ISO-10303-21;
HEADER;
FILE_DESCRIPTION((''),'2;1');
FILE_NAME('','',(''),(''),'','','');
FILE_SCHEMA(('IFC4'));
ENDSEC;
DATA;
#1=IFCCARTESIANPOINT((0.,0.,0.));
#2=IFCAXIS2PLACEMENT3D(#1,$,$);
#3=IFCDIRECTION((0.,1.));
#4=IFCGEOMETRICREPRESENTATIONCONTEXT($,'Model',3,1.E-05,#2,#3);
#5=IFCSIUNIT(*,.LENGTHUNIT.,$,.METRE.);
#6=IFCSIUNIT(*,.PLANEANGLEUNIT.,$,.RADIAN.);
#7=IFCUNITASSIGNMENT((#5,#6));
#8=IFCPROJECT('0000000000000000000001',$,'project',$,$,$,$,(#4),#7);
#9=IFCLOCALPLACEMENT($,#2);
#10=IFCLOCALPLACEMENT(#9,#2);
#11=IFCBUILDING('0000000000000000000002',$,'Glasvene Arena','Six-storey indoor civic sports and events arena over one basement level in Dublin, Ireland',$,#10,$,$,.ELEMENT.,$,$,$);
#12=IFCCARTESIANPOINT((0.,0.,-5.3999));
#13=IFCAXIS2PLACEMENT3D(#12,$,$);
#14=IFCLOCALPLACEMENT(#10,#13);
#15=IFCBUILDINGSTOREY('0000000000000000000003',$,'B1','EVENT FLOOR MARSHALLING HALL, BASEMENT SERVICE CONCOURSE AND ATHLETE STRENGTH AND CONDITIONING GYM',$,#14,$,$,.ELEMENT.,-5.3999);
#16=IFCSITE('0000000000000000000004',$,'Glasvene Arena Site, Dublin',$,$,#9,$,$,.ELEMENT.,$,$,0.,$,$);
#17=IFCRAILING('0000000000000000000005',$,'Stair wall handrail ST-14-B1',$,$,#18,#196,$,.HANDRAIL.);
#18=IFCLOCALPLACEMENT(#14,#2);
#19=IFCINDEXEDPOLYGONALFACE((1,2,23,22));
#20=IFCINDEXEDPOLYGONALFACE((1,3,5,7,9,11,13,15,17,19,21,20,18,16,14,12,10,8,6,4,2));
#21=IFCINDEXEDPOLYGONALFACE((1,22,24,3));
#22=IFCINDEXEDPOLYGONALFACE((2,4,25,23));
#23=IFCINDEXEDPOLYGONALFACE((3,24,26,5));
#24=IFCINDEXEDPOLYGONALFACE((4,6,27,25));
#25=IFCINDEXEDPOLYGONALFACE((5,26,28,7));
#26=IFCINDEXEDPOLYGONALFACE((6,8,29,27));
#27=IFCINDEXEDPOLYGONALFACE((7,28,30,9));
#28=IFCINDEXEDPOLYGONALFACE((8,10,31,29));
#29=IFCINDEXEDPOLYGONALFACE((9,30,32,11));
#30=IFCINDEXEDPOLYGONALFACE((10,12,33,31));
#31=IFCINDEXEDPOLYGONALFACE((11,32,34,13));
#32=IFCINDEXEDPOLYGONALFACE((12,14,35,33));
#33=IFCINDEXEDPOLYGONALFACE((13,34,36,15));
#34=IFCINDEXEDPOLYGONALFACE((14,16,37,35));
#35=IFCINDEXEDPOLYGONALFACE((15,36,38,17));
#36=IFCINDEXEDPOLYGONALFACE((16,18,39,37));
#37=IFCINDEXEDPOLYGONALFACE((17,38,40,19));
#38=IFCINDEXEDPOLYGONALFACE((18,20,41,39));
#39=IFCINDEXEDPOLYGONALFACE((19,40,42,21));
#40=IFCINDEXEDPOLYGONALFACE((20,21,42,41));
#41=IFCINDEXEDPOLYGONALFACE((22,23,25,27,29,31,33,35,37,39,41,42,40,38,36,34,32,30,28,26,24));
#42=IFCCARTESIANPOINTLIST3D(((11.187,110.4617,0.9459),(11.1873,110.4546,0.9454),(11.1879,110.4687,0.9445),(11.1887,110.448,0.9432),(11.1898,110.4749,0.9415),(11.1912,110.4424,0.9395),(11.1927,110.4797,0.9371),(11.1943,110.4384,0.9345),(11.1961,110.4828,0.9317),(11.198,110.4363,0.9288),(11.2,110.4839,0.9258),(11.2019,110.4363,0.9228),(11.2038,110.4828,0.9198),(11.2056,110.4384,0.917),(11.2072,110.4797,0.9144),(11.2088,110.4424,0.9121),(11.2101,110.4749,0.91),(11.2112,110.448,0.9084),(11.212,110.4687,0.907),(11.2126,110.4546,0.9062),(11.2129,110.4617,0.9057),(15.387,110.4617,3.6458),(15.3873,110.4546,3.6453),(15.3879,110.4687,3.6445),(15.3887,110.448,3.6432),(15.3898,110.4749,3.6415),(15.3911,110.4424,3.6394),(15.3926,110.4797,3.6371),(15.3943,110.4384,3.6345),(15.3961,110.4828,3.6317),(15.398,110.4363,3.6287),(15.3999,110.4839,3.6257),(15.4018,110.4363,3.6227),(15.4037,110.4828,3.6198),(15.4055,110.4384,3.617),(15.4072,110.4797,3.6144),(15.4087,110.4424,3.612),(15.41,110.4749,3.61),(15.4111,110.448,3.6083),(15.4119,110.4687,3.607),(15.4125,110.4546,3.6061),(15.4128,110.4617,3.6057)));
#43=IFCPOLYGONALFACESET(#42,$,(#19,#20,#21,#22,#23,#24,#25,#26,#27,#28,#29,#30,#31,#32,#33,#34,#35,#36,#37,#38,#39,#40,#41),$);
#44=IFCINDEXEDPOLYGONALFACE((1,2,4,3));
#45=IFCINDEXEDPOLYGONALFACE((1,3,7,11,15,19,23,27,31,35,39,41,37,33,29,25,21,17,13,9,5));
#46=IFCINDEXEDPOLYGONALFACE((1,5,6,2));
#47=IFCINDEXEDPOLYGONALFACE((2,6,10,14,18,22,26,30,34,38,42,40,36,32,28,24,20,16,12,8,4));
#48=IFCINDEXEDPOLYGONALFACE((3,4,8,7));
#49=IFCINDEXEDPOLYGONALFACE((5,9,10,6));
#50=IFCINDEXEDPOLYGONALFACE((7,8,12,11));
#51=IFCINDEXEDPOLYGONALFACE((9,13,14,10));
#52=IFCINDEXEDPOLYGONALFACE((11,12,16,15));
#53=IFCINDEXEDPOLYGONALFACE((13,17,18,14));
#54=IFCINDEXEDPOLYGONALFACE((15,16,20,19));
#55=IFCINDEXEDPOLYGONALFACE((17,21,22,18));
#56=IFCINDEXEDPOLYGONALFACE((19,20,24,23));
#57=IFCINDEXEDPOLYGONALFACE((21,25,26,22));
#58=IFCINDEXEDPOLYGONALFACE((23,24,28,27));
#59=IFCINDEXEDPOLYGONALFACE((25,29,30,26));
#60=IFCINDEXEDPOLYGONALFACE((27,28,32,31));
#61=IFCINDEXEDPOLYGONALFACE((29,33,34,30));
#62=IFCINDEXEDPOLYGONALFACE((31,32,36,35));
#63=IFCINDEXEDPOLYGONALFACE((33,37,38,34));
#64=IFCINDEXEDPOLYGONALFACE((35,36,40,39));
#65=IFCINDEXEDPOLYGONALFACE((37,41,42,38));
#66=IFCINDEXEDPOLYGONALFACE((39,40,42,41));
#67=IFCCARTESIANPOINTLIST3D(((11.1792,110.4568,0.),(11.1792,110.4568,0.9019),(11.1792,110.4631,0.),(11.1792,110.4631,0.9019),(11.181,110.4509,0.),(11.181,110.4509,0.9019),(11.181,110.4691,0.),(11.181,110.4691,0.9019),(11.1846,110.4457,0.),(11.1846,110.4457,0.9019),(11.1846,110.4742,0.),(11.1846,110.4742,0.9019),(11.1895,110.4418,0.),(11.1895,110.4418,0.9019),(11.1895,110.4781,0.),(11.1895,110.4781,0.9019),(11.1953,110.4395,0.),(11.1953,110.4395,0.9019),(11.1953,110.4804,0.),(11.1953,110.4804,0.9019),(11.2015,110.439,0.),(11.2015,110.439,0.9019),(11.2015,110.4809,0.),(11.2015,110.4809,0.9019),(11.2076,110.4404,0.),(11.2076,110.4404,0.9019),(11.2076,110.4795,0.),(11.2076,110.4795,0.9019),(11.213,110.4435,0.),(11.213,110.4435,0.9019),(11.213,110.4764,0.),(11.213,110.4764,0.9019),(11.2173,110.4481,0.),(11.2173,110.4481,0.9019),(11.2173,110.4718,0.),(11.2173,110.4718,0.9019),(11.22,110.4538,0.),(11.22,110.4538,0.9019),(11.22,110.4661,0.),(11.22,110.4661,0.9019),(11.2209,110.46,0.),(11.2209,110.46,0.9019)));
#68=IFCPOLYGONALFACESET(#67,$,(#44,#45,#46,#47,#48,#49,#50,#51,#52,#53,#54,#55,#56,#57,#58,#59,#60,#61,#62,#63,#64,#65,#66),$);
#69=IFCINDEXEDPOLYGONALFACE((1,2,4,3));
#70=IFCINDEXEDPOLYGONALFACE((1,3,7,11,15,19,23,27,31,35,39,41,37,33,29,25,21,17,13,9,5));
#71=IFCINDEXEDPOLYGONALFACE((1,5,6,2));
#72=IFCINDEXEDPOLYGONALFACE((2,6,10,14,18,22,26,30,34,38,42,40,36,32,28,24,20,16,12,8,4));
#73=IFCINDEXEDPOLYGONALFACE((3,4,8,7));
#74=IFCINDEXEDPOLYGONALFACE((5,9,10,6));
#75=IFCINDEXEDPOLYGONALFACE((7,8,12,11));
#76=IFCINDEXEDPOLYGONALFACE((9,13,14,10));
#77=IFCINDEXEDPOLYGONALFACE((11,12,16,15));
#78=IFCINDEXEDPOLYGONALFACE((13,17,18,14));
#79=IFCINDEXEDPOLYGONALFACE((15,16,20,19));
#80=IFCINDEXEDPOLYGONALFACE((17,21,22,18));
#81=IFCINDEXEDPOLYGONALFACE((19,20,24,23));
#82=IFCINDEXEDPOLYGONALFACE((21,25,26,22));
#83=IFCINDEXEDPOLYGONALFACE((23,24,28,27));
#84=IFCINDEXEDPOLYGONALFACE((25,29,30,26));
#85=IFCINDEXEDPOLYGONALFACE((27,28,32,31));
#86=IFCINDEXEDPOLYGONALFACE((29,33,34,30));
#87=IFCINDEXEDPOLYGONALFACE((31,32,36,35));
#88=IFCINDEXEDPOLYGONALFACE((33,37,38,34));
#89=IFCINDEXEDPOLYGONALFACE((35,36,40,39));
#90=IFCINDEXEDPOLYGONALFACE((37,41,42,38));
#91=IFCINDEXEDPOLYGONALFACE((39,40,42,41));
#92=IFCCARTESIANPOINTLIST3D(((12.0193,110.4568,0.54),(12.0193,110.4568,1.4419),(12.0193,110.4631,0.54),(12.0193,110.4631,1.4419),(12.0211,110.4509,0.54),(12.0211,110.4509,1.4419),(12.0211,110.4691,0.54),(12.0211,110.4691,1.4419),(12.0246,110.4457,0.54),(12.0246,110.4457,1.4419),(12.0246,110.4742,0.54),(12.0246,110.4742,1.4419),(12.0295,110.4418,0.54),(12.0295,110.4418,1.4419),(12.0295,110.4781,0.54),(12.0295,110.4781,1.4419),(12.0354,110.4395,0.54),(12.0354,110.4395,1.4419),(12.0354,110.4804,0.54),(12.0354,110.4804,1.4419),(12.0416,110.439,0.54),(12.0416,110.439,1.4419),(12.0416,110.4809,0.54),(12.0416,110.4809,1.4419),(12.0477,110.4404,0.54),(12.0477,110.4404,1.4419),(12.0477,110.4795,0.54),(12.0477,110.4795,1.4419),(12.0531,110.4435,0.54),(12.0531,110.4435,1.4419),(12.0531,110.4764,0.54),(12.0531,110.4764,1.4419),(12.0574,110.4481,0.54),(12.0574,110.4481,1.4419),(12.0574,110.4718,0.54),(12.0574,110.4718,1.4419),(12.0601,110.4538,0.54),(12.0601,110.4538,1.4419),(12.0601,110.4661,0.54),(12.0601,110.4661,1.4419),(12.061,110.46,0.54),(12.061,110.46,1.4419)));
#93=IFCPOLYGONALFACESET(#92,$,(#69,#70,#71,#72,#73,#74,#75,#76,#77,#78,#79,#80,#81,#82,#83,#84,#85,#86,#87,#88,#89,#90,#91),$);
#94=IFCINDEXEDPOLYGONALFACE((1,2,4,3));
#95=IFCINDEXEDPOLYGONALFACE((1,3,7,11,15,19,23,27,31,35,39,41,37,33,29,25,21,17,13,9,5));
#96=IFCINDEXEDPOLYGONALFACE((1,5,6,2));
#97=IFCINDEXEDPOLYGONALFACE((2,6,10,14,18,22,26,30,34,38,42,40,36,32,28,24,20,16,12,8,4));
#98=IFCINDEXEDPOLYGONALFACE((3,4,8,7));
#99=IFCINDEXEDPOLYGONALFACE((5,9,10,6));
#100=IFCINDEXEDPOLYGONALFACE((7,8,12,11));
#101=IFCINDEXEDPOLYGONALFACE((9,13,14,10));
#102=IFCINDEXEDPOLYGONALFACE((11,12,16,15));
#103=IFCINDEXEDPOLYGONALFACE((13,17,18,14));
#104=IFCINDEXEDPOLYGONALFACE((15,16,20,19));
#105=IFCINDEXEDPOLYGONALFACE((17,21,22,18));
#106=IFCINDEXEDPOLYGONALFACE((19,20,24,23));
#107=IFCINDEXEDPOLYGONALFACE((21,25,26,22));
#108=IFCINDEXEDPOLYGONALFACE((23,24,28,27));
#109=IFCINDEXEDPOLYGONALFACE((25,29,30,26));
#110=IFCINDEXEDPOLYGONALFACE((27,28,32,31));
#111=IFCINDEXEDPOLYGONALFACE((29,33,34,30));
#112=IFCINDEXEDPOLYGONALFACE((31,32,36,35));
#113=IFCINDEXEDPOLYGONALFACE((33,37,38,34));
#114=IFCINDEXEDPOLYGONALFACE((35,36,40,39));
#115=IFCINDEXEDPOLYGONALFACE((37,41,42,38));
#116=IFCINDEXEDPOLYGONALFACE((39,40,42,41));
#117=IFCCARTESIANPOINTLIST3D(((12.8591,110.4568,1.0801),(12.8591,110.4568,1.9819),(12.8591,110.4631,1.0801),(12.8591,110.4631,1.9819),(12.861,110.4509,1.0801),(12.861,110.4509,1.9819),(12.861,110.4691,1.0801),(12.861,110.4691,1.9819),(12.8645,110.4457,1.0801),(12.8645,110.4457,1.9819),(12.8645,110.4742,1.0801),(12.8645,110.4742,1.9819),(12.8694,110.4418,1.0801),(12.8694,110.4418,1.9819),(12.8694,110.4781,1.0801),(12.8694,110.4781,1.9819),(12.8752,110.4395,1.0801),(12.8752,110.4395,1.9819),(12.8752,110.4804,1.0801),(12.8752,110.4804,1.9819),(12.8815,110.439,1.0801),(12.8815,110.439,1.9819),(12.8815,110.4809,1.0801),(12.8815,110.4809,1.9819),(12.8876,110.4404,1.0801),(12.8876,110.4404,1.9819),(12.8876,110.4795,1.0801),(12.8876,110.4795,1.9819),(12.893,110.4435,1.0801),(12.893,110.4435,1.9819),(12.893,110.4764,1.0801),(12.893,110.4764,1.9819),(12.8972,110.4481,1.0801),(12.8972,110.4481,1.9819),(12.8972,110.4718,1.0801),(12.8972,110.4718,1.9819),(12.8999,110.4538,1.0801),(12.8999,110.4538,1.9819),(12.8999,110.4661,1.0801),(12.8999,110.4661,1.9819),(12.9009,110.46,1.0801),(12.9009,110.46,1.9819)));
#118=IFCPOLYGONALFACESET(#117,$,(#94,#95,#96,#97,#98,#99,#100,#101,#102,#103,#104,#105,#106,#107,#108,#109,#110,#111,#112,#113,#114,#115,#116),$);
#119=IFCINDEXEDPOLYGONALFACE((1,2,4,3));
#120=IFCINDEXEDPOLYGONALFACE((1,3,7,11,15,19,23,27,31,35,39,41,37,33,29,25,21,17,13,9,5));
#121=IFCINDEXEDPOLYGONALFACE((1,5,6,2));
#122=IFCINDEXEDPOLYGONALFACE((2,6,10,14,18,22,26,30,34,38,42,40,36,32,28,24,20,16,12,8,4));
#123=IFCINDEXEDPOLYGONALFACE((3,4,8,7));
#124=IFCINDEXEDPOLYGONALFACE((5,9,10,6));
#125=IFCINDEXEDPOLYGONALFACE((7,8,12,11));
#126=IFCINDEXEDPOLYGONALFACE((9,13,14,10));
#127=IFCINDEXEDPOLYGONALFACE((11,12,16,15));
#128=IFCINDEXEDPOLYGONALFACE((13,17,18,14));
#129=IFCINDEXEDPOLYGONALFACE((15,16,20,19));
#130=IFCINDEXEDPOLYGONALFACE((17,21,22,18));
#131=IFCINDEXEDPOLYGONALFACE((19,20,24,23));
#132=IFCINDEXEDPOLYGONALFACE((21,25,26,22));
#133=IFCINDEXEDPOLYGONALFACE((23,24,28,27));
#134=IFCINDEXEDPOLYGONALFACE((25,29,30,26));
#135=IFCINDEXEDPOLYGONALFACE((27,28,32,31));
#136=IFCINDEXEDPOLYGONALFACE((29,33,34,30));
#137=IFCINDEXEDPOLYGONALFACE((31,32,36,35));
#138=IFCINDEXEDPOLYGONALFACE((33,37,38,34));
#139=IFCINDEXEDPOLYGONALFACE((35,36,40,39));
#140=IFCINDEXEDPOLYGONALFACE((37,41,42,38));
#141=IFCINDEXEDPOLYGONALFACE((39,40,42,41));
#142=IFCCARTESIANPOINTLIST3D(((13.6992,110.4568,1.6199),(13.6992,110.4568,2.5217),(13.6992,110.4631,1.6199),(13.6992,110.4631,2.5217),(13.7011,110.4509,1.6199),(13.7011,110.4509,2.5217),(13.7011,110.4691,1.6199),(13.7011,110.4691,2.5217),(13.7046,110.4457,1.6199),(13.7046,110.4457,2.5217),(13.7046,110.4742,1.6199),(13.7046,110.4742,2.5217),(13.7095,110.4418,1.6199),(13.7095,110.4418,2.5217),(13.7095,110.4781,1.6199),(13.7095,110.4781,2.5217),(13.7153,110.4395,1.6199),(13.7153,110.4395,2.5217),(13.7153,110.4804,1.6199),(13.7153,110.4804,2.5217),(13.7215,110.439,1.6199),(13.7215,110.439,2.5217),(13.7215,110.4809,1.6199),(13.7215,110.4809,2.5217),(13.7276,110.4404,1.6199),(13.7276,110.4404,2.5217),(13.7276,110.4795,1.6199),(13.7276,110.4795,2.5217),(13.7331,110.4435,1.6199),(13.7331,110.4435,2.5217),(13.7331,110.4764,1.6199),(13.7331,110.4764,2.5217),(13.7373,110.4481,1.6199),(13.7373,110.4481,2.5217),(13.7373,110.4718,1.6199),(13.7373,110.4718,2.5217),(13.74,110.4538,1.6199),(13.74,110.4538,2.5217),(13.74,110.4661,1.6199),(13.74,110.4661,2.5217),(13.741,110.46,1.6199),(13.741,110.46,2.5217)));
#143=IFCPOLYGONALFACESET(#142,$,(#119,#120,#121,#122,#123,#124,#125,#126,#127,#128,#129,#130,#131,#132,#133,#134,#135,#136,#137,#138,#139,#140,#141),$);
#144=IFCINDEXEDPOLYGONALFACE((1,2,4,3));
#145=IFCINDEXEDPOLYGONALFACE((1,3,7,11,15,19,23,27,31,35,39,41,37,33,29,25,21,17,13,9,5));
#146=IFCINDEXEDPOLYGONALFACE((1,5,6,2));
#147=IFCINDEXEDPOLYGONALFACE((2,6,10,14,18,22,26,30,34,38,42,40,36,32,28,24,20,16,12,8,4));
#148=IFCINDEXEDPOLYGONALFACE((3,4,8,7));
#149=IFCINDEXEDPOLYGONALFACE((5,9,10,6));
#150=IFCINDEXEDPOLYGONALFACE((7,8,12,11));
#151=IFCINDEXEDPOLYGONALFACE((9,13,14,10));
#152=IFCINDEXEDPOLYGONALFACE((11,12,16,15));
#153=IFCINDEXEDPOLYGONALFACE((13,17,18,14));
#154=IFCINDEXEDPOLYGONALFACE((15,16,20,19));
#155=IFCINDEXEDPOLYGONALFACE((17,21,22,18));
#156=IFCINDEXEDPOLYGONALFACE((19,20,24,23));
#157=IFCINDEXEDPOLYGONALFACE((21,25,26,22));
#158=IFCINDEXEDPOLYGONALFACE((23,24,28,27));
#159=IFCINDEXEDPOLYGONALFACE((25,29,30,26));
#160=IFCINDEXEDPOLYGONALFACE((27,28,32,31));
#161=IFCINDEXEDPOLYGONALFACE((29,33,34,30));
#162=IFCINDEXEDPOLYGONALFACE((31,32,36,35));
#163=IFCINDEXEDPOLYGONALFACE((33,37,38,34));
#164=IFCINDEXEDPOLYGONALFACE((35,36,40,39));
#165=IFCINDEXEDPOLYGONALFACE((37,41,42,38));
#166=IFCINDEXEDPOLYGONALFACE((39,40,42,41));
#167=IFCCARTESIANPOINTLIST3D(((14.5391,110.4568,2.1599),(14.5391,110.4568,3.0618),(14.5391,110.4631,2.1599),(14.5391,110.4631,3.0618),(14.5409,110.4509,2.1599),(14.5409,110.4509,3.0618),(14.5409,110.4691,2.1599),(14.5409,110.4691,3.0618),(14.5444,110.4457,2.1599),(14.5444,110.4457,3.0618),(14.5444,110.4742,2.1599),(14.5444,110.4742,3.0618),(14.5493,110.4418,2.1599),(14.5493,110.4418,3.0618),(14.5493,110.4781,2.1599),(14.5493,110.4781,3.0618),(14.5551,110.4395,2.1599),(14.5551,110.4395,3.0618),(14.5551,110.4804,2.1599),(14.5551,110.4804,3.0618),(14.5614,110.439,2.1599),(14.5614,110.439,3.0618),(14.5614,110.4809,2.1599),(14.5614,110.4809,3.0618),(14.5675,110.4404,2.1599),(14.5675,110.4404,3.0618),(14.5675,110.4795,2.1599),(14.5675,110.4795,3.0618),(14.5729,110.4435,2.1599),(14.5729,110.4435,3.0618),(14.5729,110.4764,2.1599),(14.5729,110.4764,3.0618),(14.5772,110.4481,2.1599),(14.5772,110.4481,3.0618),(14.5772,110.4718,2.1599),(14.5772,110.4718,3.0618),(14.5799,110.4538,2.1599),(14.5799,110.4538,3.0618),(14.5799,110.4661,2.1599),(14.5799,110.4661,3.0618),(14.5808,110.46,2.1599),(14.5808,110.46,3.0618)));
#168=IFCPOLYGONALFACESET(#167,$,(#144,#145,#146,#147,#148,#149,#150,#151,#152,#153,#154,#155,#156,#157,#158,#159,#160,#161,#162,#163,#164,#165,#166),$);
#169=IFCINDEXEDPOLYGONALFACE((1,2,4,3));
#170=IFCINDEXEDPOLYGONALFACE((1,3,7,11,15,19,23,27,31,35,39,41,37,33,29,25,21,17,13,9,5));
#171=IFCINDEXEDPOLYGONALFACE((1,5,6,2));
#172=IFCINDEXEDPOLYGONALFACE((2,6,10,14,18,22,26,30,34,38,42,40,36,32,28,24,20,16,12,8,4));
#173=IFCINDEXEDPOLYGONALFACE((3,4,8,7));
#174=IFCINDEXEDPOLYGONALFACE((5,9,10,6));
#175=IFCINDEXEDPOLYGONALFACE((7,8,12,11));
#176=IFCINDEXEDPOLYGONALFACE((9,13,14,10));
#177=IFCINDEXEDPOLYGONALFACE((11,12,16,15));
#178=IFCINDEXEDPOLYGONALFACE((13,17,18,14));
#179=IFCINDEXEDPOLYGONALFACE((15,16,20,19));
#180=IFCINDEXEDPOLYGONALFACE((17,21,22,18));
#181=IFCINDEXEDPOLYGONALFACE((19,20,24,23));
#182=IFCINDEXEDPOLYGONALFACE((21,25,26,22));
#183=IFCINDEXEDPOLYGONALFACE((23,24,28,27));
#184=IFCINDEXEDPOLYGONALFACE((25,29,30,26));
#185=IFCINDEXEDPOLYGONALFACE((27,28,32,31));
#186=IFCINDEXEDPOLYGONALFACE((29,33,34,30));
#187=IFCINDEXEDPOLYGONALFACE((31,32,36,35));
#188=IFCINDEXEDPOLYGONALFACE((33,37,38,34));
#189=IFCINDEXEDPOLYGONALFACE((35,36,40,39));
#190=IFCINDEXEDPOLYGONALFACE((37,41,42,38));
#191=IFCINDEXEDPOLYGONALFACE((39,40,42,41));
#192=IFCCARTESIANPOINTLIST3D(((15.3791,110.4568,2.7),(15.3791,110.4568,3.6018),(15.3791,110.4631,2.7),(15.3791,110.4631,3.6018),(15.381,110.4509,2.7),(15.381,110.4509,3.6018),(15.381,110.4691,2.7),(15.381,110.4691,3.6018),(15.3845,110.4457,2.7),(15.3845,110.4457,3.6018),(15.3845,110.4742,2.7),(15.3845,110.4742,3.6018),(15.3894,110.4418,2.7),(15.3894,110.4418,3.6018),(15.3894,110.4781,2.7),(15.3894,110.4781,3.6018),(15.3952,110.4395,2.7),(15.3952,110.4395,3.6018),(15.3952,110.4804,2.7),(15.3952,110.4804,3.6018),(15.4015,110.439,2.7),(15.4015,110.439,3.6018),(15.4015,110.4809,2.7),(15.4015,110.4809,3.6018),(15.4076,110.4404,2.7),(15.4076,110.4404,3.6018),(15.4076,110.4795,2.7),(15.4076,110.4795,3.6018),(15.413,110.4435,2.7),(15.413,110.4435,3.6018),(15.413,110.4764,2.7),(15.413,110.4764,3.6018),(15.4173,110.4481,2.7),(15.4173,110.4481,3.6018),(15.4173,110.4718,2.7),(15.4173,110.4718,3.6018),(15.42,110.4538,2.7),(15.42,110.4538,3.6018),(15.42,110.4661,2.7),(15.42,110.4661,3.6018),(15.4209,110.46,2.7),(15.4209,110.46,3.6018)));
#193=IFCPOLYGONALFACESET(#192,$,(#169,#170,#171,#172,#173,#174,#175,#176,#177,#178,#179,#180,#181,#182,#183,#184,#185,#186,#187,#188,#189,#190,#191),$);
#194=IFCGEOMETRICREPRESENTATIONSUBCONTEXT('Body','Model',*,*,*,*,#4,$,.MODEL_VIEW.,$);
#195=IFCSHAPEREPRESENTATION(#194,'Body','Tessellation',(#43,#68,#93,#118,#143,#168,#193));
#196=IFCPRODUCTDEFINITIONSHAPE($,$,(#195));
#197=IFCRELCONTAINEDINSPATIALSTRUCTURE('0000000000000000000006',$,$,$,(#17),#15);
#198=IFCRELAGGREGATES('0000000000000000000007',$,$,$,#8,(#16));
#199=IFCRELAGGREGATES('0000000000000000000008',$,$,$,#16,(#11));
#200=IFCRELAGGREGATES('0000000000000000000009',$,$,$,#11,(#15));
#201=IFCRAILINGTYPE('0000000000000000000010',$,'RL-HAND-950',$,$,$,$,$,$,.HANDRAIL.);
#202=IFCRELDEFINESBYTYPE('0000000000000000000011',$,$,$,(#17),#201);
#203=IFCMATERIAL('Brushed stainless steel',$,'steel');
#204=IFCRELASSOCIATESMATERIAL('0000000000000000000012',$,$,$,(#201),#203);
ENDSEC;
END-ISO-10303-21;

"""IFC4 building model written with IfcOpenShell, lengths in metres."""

from ifc_helpers import new_model, si_unit, direction, frame, origin, origin_2d, place, context, subcontext, project, spatial, circle, extrude, material, type_object, element, save


model = new_model("IFC4")

# Units and contexts
model_context = context("Model", 3, precision=1e-05, world=origin(), true_north=direction((0.0, 1.0)))
body_context = subcontext(model_context, "Body", "Model", "MODEL_VIEW")
ifc_project = project(units=[si_unit("LENGTHUNIT", "METRE"), si_unit("PLANEANGLEUNIT", "RADIAN")], contexts=[model_context])

# Site, building, storey
site_placement = place(None, origin())
site = spatial("IfcSite", under=ifc_project, at=site_placement, Name="Glasvene Arena Site, Dublin", CompositionType="ELEMENT", RefElevation=0.0)
building_placement = place(site_placement, origin())
building = spatial("IfcBuilding", under=site, at=building_placement, Name="Glasvene Arena", Description="Six-storey indoor civic sports and events arena over one basement level in Dublin, Ireland", CompositionType="ELEMENT")
storey_placement = place(building_placement, frame((0.0, 0.0, -5.3999)))
storey = spatial("IfcBuildingStorey", under=building, at=storey_placement, Name="B1", Description="EVENT FLOOR MARSHALLING HALL, BASEMENT SERVICE CONCOURSE AND ATHLETE STRENGTH AND CONDITIONING GYM", CompositionType="ELEMENT", Elevation=-5.3999)

# Railing
ifc_material_1 = material(Name="Brushed stainless steel", Category="steel")
railing_type_1 = type_object("IfcRailingType", Name="RL-HAND-950", PredefinedType="HANDRAIL", material=ifc_material_1)
railing_1_placement = place(storey_placement, frame((11.2, 110.46, 0.0)))
element("IfcRailing", 1, at=railing_1_placement, inside=storey, type_object=railing_type_1, Name="Stair wall handrail ST-14-B1", PredefinedType="HANDRAIL", context=body_context, shape_type="SweptSolid", body=[
    extrude(circle(Radius=0.0239, at=origin_2d()), frame((0.0, 0.0, 0.9258), z_axis=(0.84118, 0.0, 0.540755), x_axis=(0.0, 1.0, 0.0)), (0.0, 0.0, 1.0), 4.9929),
    extrude(circle(Radius=0.021, at=origin_2d()), origin(), (0.0, 0.0, 1.0), 0.9019),
    extrude(circle(Radius=0.021, at=origin_2d()), frame((0.8401, 0.0, 0.54)), (0.0, 0.0, 1.0), 0.9019),
    extrude(circle(Radius=0.021, at=origin_2d()), frame((1.6799, 0.0, 1.0801)), (0.0, 0.0, 1.0), 0.9019),
    extrude(circle(Radius=0.021, at=origin_2d()), frame((2.52, 0.0, 1.6199)), (0.0, 0.0, 1.0), 0.9019),
    extrude(circle(Radius=0.021, at=origin_2d()), frame((3.3599, 0.0, 2.1599)), (0.0, 0.0, 1.0), 0.9019),
    extrude(circle(Radius=0.021, at=origin_2d()), frame((4.2, 0.0, 2.7)), (0.0, 0.0, 1.0), 0.9019),
])

save(model, "model.ifc")
